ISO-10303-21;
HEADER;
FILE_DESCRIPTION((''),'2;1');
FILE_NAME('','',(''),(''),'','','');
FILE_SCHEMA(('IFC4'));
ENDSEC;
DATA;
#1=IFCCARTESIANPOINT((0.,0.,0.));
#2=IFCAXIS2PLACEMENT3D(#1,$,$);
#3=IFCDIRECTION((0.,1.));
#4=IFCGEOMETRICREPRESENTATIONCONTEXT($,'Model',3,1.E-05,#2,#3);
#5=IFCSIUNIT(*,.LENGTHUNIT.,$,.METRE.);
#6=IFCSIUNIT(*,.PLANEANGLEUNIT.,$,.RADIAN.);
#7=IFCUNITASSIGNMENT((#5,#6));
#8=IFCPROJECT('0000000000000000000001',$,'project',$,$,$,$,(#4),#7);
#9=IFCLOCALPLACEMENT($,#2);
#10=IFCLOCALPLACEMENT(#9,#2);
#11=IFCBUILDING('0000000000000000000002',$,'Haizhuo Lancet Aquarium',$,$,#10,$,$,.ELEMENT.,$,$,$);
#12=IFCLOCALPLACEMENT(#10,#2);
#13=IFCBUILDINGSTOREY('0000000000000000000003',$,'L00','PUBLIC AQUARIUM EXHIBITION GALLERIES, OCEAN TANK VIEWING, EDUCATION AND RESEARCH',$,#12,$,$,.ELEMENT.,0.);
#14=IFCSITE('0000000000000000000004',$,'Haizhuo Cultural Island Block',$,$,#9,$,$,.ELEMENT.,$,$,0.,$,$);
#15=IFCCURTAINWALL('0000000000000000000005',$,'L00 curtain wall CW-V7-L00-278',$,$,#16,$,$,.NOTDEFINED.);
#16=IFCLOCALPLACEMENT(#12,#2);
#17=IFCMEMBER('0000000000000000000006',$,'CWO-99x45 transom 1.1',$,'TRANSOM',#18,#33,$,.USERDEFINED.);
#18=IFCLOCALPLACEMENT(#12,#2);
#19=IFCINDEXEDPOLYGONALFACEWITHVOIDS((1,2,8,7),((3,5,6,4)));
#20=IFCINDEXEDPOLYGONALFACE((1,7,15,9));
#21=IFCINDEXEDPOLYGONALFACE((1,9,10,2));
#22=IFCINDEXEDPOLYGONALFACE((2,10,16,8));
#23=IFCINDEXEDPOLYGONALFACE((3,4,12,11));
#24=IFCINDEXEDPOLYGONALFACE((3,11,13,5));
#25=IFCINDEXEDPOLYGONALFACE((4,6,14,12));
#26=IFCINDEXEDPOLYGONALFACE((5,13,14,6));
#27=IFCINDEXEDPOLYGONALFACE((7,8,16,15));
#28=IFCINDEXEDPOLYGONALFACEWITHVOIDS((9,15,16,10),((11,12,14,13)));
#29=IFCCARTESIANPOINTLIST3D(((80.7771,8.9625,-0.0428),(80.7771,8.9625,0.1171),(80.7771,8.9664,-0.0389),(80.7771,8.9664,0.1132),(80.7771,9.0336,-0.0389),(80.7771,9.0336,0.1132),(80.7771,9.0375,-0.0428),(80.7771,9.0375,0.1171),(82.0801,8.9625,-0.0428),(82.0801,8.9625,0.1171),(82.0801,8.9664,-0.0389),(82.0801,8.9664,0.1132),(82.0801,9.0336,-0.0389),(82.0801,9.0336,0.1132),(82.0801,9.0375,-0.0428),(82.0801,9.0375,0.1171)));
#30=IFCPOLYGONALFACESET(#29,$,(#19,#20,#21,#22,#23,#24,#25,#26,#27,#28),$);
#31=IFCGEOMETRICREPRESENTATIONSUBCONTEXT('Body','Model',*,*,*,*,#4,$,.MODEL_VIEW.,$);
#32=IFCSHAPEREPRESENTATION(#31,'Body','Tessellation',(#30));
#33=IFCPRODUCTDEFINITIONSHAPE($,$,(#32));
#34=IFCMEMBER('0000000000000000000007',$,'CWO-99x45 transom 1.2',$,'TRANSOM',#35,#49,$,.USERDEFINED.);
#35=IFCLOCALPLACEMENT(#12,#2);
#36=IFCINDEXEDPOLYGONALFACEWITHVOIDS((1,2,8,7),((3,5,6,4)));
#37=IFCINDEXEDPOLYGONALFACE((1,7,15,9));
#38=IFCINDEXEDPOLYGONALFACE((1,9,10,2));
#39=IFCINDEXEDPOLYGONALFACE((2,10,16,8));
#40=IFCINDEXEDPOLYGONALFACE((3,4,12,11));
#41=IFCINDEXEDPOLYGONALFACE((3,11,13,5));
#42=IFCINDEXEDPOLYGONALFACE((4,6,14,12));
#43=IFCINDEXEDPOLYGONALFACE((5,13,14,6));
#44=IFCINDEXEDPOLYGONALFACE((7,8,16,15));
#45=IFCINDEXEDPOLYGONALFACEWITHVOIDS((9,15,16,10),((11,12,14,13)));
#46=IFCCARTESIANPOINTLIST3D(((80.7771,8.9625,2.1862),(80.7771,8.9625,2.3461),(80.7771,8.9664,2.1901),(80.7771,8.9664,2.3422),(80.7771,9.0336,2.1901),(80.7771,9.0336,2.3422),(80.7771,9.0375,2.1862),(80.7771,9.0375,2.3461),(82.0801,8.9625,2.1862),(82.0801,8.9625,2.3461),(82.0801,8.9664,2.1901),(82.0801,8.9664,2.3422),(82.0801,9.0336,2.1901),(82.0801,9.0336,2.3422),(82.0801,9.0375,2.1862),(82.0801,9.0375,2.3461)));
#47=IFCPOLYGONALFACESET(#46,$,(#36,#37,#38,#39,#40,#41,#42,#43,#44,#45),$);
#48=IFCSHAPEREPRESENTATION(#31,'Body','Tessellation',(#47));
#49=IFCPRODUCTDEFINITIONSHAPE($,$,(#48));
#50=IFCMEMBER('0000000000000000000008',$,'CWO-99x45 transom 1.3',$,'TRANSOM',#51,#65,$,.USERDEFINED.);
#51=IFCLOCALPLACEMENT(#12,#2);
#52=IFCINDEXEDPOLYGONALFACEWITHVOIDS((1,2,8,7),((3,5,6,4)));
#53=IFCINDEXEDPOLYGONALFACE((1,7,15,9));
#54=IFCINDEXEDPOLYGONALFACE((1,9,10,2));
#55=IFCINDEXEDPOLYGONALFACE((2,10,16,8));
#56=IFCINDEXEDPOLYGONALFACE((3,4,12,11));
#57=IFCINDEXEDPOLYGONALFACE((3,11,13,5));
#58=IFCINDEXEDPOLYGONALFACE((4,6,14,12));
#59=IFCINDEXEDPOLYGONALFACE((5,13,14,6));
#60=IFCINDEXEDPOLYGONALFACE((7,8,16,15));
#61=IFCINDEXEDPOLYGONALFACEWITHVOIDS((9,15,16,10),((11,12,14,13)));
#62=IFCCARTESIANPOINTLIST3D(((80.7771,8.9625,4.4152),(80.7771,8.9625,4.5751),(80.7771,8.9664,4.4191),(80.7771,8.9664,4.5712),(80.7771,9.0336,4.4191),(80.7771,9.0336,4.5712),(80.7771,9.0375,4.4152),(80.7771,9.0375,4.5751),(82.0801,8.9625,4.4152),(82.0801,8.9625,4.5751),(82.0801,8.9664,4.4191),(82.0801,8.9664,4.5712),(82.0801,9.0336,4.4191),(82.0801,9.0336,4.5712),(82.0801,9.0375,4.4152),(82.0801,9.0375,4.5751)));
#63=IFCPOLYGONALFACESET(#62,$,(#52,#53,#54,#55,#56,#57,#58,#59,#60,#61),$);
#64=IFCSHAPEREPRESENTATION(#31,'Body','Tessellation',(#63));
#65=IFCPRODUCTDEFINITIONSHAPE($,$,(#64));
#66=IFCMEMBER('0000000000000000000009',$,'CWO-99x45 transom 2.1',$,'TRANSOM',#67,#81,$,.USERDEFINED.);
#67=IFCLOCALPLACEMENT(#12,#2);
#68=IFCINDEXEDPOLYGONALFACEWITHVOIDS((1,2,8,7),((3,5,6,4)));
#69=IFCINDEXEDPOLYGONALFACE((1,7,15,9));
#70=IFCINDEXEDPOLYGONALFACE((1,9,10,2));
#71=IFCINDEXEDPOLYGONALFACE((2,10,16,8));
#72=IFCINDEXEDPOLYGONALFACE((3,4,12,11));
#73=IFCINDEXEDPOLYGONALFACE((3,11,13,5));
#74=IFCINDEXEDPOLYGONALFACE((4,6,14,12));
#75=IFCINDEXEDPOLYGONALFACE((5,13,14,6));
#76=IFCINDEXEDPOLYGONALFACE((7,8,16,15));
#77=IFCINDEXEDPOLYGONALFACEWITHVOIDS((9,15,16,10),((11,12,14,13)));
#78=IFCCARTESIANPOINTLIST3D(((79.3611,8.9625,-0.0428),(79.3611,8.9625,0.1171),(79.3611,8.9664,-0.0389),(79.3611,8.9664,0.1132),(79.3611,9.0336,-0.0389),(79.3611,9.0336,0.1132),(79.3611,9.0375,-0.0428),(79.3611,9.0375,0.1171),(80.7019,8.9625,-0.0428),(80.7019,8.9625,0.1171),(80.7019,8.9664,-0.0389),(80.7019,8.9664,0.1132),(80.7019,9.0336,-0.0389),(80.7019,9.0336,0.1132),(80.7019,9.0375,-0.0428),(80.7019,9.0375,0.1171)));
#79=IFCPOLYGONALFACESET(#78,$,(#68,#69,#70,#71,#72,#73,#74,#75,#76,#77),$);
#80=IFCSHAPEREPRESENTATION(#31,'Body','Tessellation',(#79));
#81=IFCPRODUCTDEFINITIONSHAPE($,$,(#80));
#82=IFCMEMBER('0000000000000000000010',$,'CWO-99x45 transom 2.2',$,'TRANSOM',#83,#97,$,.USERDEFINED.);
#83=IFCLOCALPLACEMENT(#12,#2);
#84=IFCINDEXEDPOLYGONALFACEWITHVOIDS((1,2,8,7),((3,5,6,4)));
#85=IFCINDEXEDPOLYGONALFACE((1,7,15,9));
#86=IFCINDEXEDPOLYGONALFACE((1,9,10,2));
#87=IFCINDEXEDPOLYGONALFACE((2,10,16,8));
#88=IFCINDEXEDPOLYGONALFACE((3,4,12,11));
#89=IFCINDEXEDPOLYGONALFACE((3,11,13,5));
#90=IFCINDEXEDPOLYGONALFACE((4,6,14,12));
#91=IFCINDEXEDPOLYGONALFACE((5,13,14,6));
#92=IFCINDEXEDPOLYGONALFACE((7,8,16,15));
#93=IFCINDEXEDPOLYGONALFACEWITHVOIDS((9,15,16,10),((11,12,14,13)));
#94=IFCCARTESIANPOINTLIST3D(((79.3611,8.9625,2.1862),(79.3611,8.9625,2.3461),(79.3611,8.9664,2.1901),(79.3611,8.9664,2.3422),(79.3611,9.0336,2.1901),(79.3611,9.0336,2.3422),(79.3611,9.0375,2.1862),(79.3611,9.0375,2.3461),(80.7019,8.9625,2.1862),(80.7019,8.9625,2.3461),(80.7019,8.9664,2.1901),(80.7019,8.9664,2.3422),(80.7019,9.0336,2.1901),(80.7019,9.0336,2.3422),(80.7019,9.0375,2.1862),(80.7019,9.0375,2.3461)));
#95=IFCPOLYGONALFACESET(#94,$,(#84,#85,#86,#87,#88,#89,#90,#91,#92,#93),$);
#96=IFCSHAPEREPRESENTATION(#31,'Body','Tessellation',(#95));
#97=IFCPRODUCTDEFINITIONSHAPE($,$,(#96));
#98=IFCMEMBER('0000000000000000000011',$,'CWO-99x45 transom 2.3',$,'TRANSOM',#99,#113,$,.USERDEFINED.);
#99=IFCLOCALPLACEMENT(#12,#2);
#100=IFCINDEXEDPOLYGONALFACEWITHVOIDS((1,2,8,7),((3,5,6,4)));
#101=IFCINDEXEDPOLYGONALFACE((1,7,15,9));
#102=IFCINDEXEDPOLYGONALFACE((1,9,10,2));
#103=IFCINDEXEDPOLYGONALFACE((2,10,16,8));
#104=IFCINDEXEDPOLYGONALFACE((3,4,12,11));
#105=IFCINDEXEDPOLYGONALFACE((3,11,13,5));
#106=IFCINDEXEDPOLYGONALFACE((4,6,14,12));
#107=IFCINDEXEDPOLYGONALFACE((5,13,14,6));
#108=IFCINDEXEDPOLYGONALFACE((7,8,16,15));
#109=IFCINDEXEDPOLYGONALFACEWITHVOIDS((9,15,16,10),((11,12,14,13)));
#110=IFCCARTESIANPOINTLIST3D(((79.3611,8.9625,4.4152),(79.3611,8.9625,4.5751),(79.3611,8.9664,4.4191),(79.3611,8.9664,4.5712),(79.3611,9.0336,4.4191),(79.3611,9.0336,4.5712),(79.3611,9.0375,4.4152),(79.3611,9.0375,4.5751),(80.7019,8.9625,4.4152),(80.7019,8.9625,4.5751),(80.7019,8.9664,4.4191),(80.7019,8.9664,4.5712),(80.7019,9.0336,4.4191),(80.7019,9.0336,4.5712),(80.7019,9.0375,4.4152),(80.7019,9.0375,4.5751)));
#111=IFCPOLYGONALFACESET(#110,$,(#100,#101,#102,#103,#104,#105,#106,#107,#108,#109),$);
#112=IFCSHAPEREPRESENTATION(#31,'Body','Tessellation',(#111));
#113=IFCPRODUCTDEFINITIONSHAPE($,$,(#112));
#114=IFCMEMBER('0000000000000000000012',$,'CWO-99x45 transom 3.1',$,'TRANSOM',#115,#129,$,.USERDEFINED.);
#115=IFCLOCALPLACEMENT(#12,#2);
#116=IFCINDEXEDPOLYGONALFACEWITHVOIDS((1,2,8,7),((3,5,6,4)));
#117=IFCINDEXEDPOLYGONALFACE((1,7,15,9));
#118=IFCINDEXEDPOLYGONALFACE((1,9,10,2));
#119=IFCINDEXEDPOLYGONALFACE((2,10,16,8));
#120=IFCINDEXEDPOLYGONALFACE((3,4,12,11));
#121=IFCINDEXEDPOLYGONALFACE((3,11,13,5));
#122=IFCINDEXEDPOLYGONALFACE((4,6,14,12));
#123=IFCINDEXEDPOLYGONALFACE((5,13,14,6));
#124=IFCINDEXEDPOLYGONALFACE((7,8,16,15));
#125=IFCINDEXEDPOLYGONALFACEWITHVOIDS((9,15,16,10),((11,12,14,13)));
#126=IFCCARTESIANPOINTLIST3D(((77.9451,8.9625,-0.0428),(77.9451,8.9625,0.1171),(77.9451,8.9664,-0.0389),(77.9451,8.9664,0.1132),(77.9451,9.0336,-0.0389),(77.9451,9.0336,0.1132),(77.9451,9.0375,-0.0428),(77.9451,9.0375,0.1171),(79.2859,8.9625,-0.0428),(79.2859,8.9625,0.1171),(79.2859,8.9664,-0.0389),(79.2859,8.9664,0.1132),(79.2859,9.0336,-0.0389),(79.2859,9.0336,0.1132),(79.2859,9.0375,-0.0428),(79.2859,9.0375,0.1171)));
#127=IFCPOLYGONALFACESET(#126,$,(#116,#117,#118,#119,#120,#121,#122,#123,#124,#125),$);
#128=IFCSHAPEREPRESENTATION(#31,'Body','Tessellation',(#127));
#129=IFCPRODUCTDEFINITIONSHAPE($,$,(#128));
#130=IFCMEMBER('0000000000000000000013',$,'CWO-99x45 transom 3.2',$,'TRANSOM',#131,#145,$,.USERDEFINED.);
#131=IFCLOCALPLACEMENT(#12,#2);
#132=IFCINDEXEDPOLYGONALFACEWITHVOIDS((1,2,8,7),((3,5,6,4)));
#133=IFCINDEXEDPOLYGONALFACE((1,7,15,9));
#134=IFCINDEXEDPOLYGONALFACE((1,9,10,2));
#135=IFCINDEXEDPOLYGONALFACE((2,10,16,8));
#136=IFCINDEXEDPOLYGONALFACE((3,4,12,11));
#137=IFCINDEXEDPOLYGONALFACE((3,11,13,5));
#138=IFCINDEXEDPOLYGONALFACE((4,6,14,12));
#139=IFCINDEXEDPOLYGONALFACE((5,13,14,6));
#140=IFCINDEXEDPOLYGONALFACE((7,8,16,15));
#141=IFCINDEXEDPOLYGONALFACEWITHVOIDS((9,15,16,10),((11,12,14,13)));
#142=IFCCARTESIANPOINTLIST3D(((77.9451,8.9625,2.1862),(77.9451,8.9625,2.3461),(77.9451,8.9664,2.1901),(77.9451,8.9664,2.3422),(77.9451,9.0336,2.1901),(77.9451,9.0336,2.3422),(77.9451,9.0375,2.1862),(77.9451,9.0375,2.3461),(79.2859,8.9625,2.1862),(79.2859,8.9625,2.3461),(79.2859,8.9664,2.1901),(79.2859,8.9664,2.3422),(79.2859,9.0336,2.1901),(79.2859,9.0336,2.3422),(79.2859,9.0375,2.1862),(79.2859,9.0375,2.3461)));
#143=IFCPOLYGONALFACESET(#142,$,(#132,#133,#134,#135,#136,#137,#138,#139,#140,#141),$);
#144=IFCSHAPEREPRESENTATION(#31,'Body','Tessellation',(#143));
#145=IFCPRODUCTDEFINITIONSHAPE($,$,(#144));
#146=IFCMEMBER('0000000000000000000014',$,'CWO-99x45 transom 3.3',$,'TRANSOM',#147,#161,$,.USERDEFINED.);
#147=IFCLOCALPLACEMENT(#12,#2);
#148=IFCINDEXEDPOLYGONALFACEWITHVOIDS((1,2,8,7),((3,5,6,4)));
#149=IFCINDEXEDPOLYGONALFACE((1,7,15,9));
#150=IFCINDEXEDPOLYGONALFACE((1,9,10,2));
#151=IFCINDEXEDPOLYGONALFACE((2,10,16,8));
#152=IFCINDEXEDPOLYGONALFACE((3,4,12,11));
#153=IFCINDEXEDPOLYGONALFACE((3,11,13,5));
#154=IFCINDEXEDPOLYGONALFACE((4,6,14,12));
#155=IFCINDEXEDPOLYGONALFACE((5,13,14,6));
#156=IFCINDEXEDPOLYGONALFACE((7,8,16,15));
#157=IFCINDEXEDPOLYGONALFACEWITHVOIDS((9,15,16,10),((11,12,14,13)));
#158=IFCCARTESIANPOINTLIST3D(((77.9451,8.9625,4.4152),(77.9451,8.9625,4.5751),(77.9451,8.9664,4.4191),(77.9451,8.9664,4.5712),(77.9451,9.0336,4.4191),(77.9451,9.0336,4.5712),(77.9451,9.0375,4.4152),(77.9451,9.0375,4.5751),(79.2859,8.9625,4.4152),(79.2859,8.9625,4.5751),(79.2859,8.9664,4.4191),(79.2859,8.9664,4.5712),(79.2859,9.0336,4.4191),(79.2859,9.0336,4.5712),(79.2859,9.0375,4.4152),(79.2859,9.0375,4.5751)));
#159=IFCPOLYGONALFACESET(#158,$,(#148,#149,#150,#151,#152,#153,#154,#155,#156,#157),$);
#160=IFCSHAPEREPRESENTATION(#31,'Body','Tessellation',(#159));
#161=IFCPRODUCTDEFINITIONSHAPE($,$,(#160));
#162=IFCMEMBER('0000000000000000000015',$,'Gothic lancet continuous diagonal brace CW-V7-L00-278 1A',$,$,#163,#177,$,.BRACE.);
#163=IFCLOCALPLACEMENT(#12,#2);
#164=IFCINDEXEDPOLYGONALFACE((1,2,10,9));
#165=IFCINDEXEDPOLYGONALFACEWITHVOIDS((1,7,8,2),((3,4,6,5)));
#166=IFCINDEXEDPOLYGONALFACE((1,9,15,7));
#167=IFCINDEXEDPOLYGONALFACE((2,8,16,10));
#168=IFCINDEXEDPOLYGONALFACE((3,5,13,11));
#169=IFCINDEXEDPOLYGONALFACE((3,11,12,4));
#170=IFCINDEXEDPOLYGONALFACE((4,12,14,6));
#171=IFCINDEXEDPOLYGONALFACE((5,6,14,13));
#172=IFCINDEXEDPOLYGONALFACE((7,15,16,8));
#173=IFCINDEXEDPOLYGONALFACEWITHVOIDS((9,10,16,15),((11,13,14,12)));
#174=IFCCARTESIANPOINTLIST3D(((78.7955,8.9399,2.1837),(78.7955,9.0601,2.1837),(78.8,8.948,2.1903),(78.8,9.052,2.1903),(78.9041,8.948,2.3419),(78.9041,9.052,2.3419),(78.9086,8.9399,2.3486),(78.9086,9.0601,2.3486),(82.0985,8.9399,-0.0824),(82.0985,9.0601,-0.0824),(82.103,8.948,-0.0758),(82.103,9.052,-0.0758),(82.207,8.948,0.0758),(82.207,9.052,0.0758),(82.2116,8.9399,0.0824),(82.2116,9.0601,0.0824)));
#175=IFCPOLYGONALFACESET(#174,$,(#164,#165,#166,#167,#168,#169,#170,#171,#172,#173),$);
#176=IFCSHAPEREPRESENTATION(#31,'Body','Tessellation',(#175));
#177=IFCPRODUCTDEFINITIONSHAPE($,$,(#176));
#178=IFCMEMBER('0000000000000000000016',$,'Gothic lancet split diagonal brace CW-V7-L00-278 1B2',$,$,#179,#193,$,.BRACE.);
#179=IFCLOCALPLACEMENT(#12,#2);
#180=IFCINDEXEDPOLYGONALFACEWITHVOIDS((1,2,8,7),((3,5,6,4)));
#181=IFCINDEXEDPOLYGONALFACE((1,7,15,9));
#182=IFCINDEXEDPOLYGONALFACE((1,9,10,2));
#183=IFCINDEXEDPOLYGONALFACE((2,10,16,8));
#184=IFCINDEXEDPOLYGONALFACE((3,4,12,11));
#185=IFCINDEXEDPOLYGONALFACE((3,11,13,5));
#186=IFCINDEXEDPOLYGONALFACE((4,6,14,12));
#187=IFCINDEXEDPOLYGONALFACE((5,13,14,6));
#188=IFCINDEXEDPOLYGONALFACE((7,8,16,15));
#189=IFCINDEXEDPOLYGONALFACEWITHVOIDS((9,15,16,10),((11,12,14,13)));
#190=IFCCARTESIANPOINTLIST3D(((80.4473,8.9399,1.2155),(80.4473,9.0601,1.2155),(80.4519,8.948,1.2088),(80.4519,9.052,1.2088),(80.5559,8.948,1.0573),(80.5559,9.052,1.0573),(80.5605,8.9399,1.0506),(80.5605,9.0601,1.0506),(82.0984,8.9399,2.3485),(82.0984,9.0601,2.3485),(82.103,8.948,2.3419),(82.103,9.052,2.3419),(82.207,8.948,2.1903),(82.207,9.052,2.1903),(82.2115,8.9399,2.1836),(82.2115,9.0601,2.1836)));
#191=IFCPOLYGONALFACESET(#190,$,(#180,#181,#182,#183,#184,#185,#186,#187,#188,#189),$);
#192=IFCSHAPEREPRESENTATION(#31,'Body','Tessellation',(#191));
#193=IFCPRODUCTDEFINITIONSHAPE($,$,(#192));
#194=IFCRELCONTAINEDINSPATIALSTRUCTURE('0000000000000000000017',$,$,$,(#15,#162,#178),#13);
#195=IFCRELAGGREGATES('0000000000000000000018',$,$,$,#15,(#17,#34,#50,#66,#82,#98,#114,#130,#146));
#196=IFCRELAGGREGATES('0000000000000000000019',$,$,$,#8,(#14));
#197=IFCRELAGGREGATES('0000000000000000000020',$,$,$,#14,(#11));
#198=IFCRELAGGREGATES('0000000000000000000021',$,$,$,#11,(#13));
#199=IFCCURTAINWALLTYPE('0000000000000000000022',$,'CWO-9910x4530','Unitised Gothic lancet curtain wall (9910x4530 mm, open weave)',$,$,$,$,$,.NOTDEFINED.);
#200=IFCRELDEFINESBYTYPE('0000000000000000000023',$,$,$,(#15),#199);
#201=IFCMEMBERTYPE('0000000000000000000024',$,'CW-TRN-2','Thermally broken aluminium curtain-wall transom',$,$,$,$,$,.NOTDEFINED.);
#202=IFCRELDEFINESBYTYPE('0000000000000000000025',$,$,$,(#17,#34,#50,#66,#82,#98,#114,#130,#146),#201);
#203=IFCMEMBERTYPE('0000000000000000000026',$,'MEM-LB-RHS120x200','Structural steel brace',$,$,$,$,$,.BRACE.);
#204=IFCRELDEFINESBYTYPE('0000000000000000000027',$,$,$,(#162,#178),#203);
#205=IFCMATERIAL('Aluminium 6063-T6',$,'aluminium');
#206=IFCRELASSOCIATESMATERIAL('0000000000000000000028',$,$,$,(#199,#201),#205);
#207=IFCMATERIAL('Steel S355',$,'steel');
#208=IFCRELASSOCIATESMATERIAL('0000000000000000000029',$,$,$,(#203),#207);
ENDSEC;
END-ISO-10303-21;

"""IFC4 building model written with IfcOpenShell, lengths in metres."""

from ifc_helpers import new_model, si_unit, direction, frame, origin, origin_2d, place, context, subcontext, project, spatial, hollow_rectangle, extrude, material, material_profile, profile_set, type_object, element, aggregate, save


model = new_model("IFC4")

# Units and contexts
model_context = context("Model", 3, precision=1e-05, world=origin(), true_north=direction((0.0, 1.0)))
body_context = subcontext(model_context, "Body", "Model", "MODEL_VIEW")
ifc_project = project(units=[si_unit("LENGTHUNIT", "METRE"), si_unit("PLANEANGLEUNIT", "RADIAN")], contexts=[model_context])

# Site, building, storey
site_placement = place(None, origin())
site = spatial("IfcSite", under=ifc_project, at=site_placement, Name="Haizhuo Cultural Island Block", CompositionType="ELEMENT", RefElevation=0.0)
building_placement = place(site_placement, origin())
building = spatial("IfcBuilding", under=site, at=building_placement, Name="Haizhuo Lancet Aquarium", CompositionType="ELEMENT")
storey_placement = place(building_placement, origin())
storey = spatial("IfcBuildingStorey", under=building, at=storey_placement, Name="L00", Description="PUBLIC AQUARIUM EXHIBITION GALLERIES, OCEAN TANK VIEWING, EDUCATION AND RESEARCH", CompositionType="ELEMENT", Elevation=0.0)

# Shared definitions
ifc_material_1 = material(Name="Steel S355", Category="steel")

# Shared definitions
ifc_material_2 = material(Name="Aluminium 6063-T6", Category="aluminium")

# Curtain wall
curtain_wall_type_1 = type_object("IfcCurtainWallType", Name="CWO-9910x4530", Description="Unitised Gothic lancet curtain wall (9910x4530 mm, open weave)", PredefinedType="NOTDEFINED", material=ifc_material_2)
curtain_wall_1_placement = place(storey_placement, origin())
curtain_wall_1 = element("IfcCurtainWall", 1, at=curtain_wall_1_placement, inside=storey, type_object=curtain_wall_type_1, Name="L00 curtain wall CW-V7-L00-278", PredefinedType="NOTDEFINED")

# Members
ifc_material_profile_1 = material_profile(ifc_material_2, hollow_rectangle(XDim=0.075, YDim=0.1599, WallThickness=0.0039, at=origin_2d()), Name="ALU-T 75x160x4")
ifc_profile_set_1 = profile_set([ifc_material_profile_1], Name="Aluminium 6063-T6")
member_type_1 = type_object("IfcMemberType", Name="CW-TRN-2", Description="Thermally broken aluminium curtain-wall transom", PredefinedType="NOTDEFINED", material=ifc_profile_set_1)
member_1_placement = place(storey_placement, frame((82.0801, 9.0, 0.0371), z_axis=(-1.0, 0.0, 0.0), x_axis=(0.0, -1.0, 0.0)))
member_1 = element("IfcMember", 2, at=member_1_placement, type_object=member_type_1, Name="CWO-99x45 transom 1.1", ObjectType="TRANSOM", PredefinedType="USERDEFINED", context=body_context, shape_type="SweptSolid", body=[
    extrude(hollow_rectangle(XDim=0.075, YDim=0.1599, WallThickness=0.0039, at=origin_2d()), origin(), (0.0, 0.0, 1.0), 1.303),
])
member_2_placement = place(storey_placement, frame((82.0801, 9.0, 2.2661), z_axis=(-1.0, 0.0, 0.0), x_axis=(0.0, -1.0, 0.0)))
member_2 = element("IfcMember", 3, at=member_2_placement, type_object=member_type_1, Name="CWO-99x45 transom 1.2", ObjectType="TRANSOM", PredefinedType="USERDEFINED", context=body_context, shape_type="SweptSolid", body=[
    extrude(hollow_rectangle(XDim=0.075, YDim=0.1599, WallThickness=0.0039, at=origin_2d()), origin(), (0.0, 0.0, 1.0), 1.303),
])
member_3_placement = place(storey_placement, frame((82.0801, 9.0, 4.4951), z_axis=(-1.0, 0.0, 0.0), x_axis=(0.0, -1.0, 0.0)))
member_3 = element("IfcMember", 4, at=member_3_placement, type_object=member_type_1, Name="CWO-99x45 transom 1.3", ObjectType="TRANSOM", PredefinedType="USERDEFINED", context=body_context, shape_type="SweptSolid", body=[
    extrude(hollow_rectangle(XDim=0.075, YDim=0.1599, WallThickness=0.0039, at=origin_2d()), origin(), (0.0, 0.0, 1.0), 1.303),
])
member_4_placement = place(storey_placement, frame((80.7019, 9.0, 0.0371), z_axis=(-1.0, 0.0, 0.0), x_axis=(0.0, -1.0, 0.0)))
member_4 = element("IfcMember", 5, at=member_4_placement, type_object=member_type_1, Name="CWO-99x45 transom 2.1", ObjectType="TRANSOM", PredefinedType="USERDEFINED", context=body_context, shape_type="SweptSolid", body=[
    extrude(hollow_rectangle(XDim=0.075, YDim=0.1599, WallThickness=0.0039, at=origin_2d()), origin(), (0.0, 0.0, 1.0), 1.3408),
])
member_5_placement = place(storey_placement, frame((80.7019, 9.0, 2.2661), z_axis=(-1.0, 0.0, 0.0), x_axis=(0.0, -1.0, 0.0)))
member_5 = element("IfcMember", 6, at=member_5_placement, type_object=member_type_1, Name="CWO-99x45 transom 2.2", ObjectType="TRANSOM", PredefinedType="USERDEFINED", context=body_context, shape_type="SweptSolid", body=[
    extrude(hollow_rectangle(XDim=0.075, YDim=0.1599, WallThickness=0.0039, at=origin_2d()), origin(), (0.0, 0.0, 1.0), 1.3408),
])
member_6_placement = place(storey_placement, frame((80.7019, 9.0, 4.4951), z_axis=(-1.0, 0.0, 0.0), x_axis=(0.0, -1.0, 0.0)))
member_6 = element("IfcMember", 7, at=member_6_placement, type_object=member_type_1, Name="CWO-99x45 transom 2.3", ObjectType="TRANSOM", PredefinedType="USERDEFINED", context=body_context, shape_type="SweptSolid", body=[
    extrude(hollow_rectangle(XDim=0.075, YDim=0.1599, WallThickness=0.0039, at=origin_2d()), origin(), (0.0, 0.0, 1.0), 1.3408),
])
member_7_placement = place(storey_placement, frame((79.2859, 9.0, 0.0371), z_axis=(-1.0, 0.0, 0.0), x_axis=(0.0, -1.0, 0.0)))
member_7 = element("IfcMember", 8, at=member_7_placement, type_object=member_type_1, Name="CWO-99x45 transom 3.1", ObjectType="TRANSOM", PredefinedType="USERDEFINED", context=body_context, shape_type="SweptSolid", body=[
    extrude(hollow_rectangle(XDim=0.075, YDim=0.1599, WallThickness=0.0039, at=origin_2d()), origin(), (0.0, 0.0, 1.0), 1.3408),
])
member_8_placement = place(storey_placement, frame((79.2859, 9.0, 2.2661), z_axis=(-1.0, 0.0, 0.0), x_axis=(0.0, -1.0, 0.0)))
member_8 = element("IfcMember", 9, at=member_8_placement, type_object=member_type_1, Name="CWO-99x45 transom 3.2", ObjectType="TRANSOM", PredefinedType="USERDEFINED", context=body_context, shape_type="SweptSolid", body=[
    extrude(hollow_rectangle(XDim=0.075, YDim=0.1599, WallThickness=0.0039, at=origin_2d()), origin(), (0.0, 0.0, 1.0), 1.3408),
])
member_9_placement = place(storey_placement, frame((79.2859, 9.0, 4.4951), z_axis=(-1.0, 0.0, 0.0), x_axis=(0.0, -1.0, 0.0)))
member_9 = element("IfcMember", 10, at=member_9_placement, type_object=member_type_1, Name="CWO-99x45 transom 3.3", ObjectType="TRANSOM", PredefinedType="USERDEFINED", context=body_context, shape_type="SweptSolid", body=[
    extrude(hollow_rectangle(XDim=0.075, YDim=0.1599, WallThickness=0.0039, at=origin_2d()), origin(), (0.0, 0.0, 1.0), 1.3408),
])

# Members
ifc_material_profile_2 = material_profile(ifc_material_1, hollow_rectangle(XDim=0.1201, YDim=0.2, WallThickness=0.0081, at=origin_2d()), Name="RHS 120x200x8")
ifc_profile_set_2 = profile_set([ifc_material_profile_2], Name="Steel S355")
member_type_2 = type_object("IfcMemberType", Name="MEM-LB-RHS120x200", Description="Structural steel brace", PredefinedType="BRACE", material=ifc_profile_set_2)
member_10_placement = place(storey_placement, frame((82.155, 9.0, 0.0), z_axis=(-0.824588, 0.0, 0.565734), x_axis=(0.0, -1.0, 0.0)))
element("IfcMember", 11, at=member_10_placement, inside=storey, type_object=member_type_2, Name="Gothic lancet continuous diagonal brace CW-V7-L00-278 1A", PredefinedType="BRACE", context=body_context, shape_type="SweptSolid", body=[
    extrude(hollow_rectangle(XDim=0.1201, YDim=0.2, WallThickness=0.0081, at=origin_2d()), origin(), (0.0, 0.0, 1.0), 4.0056),
])
member_11_placement = place(storey_placement, frame((80.5039, 9.0, 1.1331), z_axis=(0.824529, 0.0, 0.56582), x_axis=(0.0, 1.0, 0.0)))
element("IfcMember", 12, at=member_11_placement, inside=storey, type_object=member_type_2, Name="Gothic lancet split diagonal brace CW-V7-L00-278 1B2", PredefinedType="BRACE", context=body_context, shape_type="SweptSolid", body=[
    extrude(hollow_rectangle(XDim=0.1201, YDim=0.2, WallThickness=0.0081, at=origin_2d()), origin(), (0.0, 0.0, 1.0), 2.0024),
])

aggregate(curtain_wall_1, [member_1, member_2, member_3, member_4, member_5, member_6, member_7, member_8, member_9])

save(model, "model.ifc")
